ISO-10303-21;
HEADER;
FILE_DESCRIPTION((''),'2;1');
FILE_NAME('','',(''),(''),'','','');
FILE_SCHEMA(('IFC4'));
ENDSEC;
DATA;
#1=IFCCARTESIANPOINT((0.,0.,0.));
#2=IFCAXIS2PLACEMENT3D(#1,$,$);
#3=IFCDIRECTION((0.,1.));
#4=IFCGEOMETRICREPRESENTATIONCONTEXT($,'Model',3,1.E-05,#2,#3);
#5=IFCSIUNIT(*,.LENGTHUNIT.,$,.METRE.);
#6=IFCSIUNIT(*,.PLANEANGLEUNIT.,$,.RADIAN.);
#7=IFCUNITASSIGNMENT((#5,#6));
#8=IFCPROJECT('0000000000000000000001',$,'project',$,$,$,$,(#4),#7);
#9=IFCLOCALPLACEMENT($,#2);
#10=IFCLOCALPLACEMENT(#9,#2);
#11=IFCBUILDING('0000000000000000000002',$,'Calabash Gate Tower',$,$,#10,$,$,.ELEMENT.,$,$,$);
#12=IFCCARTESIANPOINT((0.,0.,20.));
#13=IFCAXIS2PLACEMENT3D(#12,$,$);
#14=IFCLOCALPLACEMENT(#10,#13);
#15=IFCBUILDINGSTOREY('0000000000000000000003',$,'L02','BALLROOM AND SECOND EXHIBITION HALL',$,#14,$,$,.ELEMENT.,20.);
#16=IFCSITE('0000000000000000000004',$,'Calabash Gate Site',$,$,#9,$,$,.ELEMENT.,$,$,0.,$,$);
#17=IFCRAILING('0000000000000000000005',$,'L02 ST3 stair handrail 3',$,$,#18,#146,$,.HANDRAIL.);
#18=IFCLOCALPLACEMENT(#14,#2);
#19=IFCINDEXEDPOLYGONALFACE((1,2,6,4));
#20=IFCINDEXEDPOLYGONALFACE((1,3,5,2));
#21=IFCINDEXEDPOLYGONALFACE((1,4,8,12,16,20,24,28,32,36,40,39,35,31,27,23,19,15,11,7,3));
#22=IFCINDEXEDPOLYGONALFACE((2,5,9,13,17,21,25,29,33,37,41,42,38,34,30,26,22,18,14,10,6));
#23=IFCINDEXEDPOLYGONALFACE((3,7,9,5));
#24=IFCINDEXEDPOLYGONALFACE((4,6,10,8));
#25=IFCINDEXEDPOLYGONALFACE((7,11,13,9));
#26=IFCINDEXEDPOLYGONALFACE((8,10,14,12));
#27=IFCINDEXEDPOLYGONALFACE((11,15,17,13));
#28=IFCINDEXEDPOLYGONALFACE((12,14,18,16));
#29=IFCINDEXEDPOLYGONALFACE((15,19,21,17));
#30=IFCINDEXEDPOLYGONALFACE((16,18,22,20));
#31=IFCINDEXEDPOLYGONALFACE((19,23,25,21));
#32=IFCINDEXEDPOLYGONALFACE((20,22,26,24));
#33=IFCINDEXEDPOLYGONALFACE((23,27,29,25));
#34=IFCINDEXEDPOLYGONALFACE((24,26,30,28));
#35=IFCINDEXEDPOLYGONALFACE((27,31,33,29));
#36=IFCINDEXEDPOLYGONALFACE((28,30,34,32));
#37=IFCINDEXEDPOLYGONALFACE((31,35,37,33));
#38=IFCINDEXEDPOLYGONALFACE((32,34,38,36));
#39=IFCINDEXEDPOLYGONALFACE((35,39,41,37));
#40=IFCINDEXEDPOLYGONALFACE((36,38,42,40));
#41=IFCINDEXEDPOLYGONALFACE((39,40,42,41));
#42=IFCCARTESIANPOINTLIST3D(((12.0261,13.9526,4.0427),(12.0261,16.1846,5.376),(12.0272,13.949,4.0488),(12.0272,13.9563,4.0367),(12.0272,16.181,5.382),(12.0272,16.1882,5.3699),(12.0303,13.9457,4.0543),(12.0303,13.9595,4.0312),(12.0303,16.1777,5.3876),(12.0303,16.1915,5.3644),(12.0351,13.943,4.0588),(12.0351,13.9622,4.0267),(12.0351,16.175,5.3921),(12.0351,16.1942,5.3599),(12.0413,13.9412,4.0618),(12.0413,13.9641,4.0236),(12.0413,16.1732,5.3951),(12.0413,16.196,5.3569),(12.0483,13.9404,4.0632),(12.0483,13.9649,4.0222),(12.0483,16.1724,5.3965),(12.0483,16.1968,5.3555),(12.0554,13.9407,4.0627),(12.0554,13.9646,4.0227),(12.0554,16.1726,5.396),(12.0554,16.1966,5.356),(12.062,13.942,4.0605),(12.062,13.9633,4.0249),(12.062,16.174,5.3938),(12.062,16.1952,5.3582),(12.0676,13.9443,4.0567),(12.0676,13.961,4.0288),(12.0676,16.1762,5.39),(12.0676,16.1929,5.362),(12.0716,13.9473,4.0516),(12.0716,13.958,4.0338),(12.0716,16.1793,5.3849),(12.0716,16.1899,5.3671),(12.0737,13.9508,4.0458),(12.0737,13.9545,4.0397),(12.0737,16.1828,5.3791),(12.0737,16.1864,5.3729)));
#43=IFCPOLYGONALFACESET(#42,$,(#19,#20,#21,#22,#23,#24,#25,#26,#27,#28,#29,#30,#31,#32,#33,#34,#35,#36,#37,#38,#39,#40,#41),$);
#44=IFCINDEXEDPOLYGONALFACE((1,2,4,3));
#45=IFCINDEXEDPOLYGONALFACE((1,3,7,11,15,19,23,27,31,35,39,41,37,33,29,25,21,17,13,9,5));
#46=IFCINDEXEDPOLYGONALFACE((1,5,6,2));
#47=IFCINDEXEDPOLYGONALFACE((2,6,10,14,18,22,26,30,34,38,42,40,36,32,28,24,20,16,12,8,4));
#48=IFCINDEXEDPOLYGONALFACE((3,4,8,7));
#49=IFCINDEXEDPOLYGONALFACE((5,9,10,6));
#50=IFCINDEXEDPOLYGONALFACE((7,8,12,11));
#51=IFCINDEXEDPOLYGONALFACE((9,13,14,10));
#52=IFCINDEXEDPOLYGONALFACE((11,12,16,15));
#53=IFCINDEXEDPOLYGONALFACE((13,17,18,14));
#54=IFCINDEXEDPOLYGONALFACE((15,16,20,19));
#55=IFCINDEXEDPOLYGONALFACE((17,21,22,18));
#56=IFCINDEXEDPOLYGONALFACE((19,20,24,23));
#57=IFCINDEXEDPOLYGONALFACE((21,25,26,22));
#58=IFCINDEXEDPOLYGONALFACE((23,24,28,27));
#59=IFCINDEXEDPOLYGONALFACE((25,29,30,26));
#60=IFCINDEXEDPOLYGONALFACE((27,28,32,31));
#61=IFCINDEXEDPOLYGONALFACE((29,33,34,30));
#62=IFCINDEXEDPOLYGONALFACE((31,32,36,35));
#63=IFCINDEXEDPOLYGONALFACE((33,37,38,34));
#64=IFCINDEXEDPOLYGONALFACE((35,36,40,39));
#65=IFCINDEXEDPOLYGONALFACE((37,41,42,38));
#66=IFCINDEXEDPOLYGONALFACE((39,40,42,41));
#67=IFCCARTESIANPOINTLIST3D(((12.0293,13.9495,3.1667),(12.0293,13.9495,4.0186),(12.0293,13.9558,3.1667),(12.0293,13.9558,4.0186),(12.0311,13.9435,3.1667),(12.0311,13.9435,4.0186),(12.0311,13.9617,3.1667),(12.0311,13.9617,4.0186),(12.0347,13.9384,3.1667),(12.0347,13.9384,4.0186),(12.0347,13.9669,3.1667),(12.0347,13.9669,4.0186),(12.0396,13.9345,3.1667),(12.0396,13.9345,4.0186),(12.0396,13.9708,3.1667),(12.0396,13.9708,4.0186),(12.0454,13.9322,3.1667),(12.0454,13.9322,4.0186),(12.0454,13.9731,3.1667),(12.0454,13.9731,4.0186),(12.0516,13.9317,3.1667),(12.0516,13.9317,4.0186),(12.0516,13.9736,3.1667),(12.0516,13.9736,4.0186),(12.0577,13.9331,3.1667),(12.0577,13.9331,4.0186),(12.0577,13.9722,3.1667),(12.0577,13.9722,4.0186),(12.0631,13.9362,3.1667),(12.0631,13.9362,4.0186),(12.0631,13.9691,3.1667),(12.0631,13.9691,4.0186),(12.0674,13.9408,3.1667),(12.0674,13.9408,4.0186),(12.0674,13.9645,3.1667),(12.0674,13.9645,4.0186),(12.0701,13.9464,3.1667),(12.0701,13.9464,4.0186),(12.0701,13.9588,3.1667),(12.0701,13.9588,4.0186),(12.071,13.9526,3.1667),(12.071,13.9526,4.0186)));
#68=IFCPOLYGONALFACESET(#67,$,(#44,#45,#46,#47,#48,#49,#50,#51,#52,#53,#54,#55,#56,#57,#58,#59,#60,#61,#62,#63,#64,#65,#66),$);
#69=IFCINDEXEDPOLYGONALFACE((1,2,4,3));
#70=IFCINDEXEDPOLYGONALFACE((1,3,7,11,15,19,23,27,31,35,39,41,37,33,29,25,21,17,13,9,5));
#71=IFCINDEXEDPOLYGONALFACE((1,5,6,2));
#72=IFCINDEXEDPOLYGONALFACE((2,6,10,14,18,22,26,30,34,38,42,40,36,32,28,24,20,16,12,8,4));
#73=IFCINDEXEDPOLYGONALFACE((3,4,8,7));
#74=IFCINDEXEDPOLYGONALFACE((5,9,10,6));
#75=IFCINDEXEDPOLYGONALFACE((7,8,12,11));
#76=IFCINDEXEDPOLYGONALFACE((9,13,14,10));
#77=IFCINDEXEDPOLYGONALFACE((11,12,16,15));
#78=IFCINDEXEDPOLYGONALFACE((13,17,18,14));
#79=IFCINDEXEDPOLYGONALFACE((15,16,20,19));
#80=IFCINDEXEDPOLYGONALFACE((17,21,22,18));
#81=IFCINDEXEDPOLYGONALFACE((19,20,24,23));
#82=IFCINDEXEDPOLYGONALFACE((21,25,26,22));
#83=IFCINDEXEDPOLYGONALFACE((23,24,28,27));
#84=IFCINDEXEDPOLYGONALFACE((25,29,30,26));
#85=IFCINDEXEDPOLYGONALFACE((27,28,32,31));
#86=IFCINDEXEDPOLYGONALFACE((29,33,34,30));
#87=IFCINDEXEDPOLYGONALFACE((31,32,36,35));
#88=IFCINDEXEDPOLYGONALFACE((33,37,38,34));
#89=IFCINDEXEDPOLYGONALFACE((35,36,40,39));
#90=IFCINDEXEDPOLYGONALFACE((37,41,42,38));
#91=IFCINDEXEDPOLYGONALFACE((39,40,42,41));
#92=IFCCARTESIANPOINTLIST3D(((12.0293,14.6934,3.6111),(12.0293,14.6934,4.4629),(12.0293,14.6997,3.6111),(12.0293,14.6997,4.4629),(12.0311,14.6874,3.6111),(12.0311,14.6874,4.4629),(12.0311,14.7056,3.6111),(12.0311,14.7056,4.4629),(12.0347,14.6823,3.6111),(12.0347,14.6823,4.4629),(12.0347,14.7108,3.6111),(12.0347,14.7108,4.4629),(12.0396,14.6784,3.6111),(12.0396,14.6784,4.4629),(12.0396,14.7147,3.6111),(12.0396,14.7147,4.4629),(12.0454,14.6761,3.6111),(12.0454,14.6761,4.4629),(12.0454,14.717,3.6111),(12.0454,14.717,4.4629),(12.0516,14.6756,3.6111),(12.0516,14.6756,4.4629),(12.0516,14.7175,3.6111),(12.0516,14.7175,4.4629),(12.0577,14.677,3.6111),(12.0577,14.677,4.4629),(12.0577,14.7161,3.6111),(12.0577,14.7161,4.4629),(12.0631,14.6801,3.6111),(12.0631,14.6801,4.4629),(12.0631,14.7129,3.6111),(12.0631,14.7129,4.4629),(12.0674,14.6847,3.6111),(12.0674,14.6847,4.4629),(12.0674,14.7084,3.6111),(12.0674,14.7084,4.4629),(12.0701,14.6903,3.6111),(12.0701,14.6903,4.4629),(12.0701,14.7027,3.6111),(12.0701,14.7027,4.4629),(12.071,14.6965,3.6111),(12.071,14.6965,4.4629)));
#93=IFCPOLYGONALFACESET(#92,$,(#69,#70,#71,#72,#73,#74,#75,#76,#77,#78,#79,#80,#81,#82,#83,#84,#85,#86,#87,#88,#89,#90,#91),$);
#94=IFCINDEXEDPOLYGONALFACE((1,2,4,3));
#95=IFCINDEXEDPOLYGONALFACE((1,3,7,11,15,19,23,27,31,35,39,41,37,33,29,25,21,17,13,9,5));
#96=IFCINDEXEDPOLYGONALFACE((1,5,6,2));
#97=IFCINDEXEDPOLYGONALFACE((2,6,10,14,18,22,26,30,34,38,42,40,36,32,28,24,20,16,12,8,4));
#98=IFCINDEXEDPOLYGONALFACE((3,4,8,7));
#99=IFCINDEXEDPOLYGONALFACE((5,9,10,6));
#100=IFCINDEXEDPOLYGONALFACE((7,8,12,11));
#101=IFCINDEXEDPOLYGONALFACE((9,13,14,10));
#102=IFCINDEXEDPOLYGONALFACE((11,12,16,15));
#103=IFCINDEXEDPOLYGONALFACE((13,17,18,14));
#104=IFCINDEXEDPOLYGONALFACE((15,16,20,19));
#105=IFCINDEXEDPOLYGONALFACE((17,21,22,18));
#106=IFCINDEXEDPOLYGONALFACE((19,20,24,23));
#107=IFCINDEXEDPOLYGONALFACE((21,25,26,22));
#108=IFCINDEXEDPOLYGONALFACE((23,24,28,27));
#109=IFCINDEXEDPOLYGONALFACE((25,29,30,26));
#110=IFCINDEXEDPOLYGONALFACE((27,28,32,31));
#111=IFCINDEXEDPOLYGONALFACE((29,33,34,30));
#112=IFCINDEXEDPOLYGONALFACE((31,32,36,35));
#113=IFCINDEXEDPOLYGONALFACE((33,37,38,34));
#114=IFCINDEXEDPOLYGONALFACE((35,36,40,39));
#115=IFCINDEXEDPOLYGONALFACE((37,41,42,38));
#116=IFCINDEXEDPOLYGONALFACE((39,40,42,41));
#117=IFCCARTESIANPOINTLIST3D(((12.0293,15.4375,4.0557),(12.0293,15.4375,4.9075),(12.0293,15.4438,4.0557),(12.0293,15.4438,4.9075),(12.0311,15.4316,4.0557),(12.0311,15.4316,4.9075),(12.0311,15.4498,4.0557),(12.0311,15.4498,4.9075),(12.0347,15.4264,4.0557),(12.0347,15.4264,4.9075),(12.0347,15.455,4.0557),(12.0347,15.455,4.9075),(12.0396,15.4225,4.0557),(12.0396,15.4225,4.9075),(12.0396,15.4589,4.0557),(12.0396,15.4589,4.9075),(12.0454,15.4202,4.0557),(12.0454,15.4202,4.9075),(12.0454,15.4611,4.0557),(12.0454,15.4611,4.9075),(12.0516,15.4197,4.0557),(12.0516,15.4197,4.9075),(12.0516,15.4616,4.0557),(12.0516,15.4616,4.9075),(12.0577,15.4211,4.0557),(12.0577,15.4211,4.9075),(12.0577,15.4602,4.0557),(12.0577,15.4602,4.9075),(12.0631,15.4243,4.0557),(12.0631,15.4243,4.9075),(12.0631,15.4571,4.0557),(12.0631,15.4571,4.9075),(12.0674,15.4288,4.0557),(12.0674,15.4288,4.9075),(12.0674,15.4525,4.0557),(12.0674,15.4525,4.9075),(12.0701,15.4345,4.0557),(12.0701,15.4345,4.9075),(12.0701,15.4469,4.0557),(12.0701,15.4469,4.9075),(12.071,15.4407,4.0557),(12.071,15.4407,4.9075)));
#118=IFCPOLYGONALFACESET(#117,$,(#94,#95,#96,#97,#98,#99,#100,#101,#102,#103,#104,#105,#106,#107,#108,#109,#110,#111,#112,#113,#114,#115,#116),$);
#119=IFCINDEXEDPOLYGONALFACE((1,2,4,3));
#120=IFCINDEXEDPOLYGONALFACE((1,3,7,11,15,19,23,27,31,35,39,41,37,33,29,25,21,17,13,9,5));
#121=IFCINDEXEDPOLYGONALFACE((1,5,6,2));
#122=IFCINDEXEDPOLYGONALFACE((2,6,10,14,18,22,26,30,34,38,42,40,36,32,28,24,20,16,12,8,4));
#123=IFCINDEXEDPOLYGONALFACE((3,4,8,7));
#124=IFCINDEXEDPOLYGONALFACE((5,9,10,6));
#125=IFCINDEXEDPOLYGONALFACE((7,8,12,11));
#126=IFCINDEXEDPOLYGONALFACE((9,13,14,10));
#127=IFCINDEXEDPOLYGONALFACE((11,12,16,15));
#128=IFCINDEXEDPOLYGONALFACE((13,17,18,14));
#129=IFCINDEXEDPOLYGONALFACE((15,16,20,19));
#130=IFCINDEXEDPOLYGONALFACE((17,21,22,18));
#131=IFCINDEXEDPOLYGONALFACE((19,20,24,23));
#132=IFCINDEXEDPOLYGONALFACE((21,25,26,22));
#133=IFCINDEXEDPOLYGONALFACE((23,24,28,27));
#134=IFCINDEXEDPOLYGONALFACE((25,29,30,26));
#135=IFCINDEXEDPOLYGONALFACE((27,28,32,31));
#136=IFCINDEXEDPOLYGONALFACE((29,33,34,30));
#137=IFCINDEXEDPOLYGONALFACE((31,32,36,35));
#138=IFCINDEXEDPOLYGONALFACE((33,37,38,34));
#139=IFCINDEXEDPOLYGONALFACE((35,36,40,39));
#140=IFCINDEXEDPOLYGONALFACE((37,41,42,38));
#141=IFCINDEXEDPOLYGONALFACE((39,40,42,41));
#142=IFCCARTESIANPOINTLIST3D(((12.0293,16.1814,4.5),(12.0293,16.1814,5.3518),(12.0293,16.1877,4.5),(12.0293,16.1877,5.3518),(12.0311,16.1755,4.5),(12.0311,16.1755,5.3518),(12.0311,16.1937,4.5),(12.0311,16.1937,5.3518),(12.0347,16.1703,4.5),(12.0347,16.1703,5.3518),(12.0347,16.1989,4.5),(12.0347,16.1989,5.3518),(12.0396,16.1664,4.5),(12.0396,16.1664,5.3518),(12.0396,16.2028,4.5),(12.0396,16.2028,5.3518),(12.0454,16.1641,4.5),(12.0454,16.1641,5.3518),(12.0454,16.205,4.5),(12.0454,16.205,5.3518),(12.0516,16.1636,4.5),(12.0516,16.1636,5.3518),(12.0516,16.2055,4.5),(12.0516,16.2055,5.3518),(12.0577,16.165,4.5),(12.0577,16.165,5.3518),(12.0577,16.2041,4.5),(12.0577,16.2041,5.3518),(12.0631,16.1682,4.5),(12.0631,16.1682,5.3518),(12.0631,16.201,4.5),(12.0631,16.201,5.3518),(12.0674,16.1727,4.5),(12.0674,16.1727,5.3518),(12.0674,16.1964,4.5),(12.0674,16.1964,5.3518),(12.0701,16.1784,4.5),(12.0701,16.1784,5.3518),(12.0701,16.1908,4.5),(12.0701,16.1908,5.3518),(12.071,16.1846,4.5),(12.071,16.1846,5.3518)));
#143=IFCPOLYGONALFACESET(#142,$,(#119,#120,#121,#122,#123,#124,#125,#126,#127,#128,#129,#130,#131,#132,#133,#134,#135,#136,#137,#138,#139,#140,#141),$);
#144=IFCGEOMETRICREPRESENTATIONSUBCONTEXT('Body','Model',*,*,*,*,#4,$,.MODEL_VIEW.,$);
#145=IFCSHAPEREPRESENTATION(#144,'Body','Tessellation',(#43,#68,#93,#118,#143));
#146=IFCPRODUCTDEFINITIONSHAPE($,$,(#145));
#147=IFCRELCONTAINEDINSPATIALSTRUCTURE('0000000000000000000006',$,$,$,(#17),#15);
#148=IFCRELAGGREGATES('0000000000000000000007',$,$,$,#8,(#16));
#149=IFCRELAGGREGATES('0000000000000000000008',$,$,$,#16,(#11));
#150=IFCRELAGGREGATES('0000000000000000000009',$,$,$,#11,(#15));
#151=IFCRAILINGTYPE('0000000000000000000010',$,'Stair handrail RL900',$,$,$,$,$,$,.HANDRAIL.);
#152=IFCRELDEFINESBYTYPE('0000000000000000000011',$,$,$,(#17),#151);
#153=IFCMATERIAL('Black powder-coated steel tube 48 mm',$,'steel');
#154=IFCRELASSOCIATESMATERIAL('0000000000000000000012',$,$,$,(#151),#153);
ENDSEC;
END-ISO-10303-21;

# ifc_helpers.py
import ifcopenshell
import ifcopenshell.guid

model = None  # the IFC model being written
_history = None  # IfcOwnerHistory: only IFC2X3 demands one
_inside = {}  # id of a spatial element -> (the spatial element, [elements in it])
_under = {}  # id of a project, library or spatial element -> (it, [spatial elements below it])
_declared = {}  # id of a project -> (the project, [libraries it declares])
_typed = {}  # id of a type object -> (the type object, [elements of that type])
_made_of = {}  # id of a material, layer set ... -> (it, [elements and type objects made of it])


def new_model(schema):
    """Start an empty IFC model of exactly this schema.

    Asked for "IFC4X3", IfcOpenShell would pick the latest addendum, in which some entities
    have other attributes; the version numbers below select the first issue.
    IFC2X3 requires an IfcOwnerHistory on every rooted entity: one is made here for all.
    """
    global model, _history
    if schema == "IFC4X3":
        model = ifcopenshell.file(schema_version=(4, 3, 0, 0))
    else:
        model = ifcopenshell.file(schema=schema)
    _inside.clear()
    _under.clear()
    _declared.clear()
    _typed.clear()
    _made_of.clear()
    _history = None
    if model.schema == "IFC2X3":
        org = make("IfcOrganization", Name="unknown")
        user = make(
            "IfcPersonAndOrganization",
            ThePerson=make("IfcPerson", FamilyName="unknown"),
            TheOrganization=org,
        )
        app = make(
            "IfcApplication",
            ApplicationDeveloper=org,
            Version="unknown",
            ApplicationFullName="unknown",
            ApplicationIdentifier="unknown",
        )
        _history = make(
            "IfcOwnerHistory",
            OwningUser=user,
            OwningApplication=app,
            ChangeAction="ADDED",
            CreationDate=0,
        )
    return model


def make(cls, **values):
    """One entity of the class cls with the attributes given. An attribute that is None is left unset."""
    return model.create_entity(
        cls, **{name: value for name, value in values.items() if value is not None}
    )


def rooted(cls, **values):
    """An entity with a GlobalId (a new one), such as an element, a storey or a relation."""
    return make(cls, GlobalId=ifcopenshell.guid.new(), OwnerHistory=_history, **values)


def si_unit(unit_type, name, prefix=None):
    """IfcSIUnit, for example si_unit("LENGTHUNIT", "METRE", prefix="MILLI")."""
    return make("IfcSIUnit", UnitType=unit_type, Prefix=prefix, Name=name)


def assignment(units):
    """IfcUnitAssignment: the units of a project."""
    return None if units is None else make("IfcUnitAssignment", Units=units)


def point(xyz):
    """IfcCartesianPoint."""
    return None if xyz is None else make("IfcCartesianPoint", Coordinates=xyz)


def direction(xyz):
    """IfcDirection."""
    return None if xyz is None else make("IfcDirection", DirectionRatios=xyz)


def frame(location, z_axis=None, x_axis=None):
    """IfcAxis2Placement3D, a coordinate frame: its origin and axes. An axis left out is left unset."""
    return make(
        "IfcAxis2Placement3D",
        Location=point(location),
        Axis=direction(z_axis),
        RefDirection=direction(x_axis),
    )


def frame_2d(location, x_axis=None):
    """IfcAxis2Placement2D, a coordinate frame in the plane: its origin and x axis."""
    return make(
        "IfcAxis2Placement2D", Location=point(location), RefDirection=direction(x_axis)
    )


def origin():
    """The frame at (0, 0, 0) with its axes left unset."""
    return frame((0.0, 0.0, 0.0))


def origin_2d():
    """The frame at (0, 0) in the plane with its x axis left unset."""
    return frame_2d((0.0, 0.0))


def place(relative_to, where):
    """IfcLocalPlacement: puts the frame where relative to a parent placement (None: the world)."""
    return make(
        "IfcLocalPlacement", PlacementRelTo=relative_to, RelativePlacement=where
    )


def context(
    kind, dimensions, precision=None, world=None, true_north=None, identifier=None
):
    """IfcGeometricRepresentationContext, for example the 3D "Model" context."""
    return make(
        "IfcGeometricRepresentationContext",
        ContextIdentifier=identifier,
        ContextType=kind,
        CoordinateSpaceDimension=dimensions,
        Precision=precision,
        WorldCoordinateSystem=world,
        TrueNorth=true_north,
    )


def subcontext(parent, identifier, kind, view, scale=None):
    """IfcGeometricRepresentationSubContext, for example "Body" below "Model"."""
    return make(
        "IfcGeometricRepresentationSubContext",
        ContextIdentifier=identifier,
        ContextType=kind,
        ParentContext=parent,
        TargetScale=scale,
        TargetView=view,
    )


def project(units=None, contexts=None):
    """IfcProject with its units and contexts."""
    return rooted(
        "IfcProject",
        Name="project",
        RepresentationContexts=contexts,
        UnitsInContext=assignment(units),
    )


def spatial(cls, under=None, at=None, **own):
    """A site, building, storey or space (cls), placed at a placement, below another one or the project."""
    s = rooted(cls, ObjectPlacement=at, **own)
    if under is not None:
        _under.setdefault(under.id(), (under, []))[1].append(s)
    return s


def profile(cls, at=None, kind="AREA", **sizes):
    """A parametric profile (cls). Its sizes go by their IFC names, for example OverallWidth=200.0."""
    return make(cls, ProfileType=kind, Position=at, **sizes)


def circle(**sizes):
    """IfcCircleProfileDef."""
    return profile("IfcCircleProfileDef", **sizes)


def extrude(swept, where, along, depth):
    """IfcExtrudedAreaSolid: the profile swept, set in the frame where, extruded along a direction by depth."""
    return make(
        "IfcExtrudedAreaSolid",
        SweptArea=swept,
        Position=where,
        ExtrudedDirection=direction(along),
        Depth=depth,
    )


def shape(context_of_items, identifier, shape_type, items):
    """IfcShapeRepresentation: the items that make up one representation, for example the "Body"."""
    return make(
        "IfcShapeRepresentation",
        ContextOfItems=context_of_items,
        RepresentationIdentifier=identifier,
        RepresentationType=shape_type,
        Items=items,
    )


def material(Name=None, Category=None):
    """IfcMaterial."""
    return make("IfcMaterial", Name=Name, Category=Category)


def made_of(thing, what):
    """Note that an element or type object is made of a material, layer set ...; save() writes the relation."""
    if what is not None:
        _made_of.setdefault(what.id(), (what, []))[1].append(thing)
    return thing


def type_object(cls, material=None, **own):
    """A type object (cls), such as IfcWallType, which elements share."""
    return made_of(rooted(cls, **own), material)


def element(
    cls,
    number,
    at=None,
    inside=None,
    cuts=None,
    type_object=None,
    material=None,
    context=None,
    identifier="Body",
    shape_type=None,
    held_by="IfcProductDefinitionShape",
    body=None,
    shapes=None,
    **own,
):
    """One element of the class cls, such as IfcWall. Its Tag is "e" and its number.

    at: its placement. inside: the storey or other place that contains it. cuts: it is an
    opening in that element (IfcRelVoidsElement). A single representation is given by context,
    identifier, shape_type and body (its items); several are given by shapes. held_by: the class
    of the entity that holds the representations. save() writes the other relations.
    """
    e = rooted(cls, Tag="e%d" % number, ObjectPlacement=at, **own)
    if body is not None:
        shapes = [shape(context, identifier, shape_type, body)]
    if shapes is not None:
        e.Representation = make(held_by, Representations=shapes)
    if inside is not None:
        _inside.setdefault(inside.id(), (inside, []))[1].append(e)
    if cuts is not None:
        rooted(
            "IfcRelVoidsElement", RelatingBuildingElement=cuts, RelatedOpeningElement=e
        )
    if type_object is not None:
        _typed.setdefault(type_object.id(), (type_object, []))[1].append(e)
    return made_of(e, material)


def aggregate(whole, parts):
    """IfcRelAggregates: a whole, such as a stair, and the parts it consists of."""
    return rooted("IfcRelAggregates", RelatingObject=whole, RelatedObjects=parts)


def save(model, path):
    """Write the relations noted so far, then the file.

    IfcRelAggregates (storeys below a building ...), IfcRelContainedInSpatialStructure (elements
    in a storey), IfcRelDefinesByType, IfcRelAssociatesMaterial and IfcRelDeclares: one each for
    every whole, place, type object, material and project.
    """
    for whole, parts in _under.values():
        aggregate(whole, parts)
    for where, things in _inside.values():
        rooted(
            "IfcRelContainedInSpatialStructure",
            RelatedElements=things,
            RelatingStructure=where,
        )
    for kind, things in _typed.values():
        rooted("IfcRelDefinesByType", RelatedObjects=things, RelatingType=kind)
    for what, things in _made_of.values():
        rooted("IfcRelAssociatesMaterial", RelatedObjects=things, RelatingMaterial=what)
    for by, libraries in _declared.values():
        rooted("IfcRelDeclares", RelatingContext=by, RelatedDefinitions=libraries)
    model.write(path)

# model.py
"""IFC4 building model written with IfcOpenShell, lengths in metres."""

from ifc_helpers import new_model, si_unit, direction, frame, origin, origin_2d, place, context, subcontext, project, spatial, circle, extrude, material, type_object, element, save


model = new_model("IFC4")

# Units and contexts
model_context = context("Model", 3, precision=1e-05, world=origin(), true_north=direction((0.0, 1.0)))
body_context = subcontext(model_context, "Body", "Model", "MODEL_VIEW")
ifc_project = project(units=[si_unit("LENGTHUNIT", "METRE"), si_unit("PLANEANGLEUNIT", "RADIAN")], contexts=[model_context])

# Site, building, storey
site_placement = place(None, origin())
site = spatial("IfcSite", under=ifc_project, at=site_placement, Name="Calabash Gate Site", CompositionType="ELEMENT", RefElevation=0.0)
building_placement = place(site_placement, origin())
building = spatial("IfcBuilding", under=site, at=building_placement, Name="Calabash Gate Tower", CompositionType="ELEMENT")
storey_placement = place(building_placement, frame((0.0, 0.0, 20.0)))
storey = spatial("IfcBuildingStorey", under=building, at=storey_placement, Name="L02", Description="BALLROOM AND SECOND EXHIBITION HALL", CompositionType="ELEMENT", Elevation=20.0)

# Railing
ifc_material_1 = material(Name="Black powder-coated steel tube 48 mm", Category="steel")
railing_type_1 = type_object("IfcRailingType", Name="Stair handrail RL900", PredefinedType="HANDRAIL", material=ifc_material_1)
railing_1_placement = place(storey_placement, frame((12.05, 13.9526, 3.1667)))
element("IfcRailing", 1, at=railing_1_placement, inside=storey, type_object=railing_type_1, Name="L02 ST3 stair handrail 3", PredefinedType="HANDRAIL", context=body_context, shape_type="SweptSolid", body=[
    extrude(circle(Radius=0.0239, at=origin_2d()), frame((0.0, 0.0, 0.876), z_axis=(0.0, 0.858494, 0.512824), x_axis=(-1.0, 0.0, 0.0)), (0.0, 0.0, 1.0), 2.5999),
    extrude(circle(Radius=0.021, at=origin_2d()), origin(), (0.0, 0.0, 1.0), 0.8518),
    extrude(circle(Radius=0.021, at=origin_2d()), frame((0.0, 0.7439, 0.4443)), (0.0, 0.0, 1.0), 0.8518),
    extrude(circle(Radius=0.021, at=origin_2d()), frame((0.0, 1.488, 0.8889)), (0.0, 0.0, 1.0), 0.8518),
    extrude(circle(Radius=0.021, at=origin_2d()), frame((0.0, 2.2319, 1.3333)), (0.0, 0.0, 1.0), 0.8518),
])

save(model, "model.ifc")
